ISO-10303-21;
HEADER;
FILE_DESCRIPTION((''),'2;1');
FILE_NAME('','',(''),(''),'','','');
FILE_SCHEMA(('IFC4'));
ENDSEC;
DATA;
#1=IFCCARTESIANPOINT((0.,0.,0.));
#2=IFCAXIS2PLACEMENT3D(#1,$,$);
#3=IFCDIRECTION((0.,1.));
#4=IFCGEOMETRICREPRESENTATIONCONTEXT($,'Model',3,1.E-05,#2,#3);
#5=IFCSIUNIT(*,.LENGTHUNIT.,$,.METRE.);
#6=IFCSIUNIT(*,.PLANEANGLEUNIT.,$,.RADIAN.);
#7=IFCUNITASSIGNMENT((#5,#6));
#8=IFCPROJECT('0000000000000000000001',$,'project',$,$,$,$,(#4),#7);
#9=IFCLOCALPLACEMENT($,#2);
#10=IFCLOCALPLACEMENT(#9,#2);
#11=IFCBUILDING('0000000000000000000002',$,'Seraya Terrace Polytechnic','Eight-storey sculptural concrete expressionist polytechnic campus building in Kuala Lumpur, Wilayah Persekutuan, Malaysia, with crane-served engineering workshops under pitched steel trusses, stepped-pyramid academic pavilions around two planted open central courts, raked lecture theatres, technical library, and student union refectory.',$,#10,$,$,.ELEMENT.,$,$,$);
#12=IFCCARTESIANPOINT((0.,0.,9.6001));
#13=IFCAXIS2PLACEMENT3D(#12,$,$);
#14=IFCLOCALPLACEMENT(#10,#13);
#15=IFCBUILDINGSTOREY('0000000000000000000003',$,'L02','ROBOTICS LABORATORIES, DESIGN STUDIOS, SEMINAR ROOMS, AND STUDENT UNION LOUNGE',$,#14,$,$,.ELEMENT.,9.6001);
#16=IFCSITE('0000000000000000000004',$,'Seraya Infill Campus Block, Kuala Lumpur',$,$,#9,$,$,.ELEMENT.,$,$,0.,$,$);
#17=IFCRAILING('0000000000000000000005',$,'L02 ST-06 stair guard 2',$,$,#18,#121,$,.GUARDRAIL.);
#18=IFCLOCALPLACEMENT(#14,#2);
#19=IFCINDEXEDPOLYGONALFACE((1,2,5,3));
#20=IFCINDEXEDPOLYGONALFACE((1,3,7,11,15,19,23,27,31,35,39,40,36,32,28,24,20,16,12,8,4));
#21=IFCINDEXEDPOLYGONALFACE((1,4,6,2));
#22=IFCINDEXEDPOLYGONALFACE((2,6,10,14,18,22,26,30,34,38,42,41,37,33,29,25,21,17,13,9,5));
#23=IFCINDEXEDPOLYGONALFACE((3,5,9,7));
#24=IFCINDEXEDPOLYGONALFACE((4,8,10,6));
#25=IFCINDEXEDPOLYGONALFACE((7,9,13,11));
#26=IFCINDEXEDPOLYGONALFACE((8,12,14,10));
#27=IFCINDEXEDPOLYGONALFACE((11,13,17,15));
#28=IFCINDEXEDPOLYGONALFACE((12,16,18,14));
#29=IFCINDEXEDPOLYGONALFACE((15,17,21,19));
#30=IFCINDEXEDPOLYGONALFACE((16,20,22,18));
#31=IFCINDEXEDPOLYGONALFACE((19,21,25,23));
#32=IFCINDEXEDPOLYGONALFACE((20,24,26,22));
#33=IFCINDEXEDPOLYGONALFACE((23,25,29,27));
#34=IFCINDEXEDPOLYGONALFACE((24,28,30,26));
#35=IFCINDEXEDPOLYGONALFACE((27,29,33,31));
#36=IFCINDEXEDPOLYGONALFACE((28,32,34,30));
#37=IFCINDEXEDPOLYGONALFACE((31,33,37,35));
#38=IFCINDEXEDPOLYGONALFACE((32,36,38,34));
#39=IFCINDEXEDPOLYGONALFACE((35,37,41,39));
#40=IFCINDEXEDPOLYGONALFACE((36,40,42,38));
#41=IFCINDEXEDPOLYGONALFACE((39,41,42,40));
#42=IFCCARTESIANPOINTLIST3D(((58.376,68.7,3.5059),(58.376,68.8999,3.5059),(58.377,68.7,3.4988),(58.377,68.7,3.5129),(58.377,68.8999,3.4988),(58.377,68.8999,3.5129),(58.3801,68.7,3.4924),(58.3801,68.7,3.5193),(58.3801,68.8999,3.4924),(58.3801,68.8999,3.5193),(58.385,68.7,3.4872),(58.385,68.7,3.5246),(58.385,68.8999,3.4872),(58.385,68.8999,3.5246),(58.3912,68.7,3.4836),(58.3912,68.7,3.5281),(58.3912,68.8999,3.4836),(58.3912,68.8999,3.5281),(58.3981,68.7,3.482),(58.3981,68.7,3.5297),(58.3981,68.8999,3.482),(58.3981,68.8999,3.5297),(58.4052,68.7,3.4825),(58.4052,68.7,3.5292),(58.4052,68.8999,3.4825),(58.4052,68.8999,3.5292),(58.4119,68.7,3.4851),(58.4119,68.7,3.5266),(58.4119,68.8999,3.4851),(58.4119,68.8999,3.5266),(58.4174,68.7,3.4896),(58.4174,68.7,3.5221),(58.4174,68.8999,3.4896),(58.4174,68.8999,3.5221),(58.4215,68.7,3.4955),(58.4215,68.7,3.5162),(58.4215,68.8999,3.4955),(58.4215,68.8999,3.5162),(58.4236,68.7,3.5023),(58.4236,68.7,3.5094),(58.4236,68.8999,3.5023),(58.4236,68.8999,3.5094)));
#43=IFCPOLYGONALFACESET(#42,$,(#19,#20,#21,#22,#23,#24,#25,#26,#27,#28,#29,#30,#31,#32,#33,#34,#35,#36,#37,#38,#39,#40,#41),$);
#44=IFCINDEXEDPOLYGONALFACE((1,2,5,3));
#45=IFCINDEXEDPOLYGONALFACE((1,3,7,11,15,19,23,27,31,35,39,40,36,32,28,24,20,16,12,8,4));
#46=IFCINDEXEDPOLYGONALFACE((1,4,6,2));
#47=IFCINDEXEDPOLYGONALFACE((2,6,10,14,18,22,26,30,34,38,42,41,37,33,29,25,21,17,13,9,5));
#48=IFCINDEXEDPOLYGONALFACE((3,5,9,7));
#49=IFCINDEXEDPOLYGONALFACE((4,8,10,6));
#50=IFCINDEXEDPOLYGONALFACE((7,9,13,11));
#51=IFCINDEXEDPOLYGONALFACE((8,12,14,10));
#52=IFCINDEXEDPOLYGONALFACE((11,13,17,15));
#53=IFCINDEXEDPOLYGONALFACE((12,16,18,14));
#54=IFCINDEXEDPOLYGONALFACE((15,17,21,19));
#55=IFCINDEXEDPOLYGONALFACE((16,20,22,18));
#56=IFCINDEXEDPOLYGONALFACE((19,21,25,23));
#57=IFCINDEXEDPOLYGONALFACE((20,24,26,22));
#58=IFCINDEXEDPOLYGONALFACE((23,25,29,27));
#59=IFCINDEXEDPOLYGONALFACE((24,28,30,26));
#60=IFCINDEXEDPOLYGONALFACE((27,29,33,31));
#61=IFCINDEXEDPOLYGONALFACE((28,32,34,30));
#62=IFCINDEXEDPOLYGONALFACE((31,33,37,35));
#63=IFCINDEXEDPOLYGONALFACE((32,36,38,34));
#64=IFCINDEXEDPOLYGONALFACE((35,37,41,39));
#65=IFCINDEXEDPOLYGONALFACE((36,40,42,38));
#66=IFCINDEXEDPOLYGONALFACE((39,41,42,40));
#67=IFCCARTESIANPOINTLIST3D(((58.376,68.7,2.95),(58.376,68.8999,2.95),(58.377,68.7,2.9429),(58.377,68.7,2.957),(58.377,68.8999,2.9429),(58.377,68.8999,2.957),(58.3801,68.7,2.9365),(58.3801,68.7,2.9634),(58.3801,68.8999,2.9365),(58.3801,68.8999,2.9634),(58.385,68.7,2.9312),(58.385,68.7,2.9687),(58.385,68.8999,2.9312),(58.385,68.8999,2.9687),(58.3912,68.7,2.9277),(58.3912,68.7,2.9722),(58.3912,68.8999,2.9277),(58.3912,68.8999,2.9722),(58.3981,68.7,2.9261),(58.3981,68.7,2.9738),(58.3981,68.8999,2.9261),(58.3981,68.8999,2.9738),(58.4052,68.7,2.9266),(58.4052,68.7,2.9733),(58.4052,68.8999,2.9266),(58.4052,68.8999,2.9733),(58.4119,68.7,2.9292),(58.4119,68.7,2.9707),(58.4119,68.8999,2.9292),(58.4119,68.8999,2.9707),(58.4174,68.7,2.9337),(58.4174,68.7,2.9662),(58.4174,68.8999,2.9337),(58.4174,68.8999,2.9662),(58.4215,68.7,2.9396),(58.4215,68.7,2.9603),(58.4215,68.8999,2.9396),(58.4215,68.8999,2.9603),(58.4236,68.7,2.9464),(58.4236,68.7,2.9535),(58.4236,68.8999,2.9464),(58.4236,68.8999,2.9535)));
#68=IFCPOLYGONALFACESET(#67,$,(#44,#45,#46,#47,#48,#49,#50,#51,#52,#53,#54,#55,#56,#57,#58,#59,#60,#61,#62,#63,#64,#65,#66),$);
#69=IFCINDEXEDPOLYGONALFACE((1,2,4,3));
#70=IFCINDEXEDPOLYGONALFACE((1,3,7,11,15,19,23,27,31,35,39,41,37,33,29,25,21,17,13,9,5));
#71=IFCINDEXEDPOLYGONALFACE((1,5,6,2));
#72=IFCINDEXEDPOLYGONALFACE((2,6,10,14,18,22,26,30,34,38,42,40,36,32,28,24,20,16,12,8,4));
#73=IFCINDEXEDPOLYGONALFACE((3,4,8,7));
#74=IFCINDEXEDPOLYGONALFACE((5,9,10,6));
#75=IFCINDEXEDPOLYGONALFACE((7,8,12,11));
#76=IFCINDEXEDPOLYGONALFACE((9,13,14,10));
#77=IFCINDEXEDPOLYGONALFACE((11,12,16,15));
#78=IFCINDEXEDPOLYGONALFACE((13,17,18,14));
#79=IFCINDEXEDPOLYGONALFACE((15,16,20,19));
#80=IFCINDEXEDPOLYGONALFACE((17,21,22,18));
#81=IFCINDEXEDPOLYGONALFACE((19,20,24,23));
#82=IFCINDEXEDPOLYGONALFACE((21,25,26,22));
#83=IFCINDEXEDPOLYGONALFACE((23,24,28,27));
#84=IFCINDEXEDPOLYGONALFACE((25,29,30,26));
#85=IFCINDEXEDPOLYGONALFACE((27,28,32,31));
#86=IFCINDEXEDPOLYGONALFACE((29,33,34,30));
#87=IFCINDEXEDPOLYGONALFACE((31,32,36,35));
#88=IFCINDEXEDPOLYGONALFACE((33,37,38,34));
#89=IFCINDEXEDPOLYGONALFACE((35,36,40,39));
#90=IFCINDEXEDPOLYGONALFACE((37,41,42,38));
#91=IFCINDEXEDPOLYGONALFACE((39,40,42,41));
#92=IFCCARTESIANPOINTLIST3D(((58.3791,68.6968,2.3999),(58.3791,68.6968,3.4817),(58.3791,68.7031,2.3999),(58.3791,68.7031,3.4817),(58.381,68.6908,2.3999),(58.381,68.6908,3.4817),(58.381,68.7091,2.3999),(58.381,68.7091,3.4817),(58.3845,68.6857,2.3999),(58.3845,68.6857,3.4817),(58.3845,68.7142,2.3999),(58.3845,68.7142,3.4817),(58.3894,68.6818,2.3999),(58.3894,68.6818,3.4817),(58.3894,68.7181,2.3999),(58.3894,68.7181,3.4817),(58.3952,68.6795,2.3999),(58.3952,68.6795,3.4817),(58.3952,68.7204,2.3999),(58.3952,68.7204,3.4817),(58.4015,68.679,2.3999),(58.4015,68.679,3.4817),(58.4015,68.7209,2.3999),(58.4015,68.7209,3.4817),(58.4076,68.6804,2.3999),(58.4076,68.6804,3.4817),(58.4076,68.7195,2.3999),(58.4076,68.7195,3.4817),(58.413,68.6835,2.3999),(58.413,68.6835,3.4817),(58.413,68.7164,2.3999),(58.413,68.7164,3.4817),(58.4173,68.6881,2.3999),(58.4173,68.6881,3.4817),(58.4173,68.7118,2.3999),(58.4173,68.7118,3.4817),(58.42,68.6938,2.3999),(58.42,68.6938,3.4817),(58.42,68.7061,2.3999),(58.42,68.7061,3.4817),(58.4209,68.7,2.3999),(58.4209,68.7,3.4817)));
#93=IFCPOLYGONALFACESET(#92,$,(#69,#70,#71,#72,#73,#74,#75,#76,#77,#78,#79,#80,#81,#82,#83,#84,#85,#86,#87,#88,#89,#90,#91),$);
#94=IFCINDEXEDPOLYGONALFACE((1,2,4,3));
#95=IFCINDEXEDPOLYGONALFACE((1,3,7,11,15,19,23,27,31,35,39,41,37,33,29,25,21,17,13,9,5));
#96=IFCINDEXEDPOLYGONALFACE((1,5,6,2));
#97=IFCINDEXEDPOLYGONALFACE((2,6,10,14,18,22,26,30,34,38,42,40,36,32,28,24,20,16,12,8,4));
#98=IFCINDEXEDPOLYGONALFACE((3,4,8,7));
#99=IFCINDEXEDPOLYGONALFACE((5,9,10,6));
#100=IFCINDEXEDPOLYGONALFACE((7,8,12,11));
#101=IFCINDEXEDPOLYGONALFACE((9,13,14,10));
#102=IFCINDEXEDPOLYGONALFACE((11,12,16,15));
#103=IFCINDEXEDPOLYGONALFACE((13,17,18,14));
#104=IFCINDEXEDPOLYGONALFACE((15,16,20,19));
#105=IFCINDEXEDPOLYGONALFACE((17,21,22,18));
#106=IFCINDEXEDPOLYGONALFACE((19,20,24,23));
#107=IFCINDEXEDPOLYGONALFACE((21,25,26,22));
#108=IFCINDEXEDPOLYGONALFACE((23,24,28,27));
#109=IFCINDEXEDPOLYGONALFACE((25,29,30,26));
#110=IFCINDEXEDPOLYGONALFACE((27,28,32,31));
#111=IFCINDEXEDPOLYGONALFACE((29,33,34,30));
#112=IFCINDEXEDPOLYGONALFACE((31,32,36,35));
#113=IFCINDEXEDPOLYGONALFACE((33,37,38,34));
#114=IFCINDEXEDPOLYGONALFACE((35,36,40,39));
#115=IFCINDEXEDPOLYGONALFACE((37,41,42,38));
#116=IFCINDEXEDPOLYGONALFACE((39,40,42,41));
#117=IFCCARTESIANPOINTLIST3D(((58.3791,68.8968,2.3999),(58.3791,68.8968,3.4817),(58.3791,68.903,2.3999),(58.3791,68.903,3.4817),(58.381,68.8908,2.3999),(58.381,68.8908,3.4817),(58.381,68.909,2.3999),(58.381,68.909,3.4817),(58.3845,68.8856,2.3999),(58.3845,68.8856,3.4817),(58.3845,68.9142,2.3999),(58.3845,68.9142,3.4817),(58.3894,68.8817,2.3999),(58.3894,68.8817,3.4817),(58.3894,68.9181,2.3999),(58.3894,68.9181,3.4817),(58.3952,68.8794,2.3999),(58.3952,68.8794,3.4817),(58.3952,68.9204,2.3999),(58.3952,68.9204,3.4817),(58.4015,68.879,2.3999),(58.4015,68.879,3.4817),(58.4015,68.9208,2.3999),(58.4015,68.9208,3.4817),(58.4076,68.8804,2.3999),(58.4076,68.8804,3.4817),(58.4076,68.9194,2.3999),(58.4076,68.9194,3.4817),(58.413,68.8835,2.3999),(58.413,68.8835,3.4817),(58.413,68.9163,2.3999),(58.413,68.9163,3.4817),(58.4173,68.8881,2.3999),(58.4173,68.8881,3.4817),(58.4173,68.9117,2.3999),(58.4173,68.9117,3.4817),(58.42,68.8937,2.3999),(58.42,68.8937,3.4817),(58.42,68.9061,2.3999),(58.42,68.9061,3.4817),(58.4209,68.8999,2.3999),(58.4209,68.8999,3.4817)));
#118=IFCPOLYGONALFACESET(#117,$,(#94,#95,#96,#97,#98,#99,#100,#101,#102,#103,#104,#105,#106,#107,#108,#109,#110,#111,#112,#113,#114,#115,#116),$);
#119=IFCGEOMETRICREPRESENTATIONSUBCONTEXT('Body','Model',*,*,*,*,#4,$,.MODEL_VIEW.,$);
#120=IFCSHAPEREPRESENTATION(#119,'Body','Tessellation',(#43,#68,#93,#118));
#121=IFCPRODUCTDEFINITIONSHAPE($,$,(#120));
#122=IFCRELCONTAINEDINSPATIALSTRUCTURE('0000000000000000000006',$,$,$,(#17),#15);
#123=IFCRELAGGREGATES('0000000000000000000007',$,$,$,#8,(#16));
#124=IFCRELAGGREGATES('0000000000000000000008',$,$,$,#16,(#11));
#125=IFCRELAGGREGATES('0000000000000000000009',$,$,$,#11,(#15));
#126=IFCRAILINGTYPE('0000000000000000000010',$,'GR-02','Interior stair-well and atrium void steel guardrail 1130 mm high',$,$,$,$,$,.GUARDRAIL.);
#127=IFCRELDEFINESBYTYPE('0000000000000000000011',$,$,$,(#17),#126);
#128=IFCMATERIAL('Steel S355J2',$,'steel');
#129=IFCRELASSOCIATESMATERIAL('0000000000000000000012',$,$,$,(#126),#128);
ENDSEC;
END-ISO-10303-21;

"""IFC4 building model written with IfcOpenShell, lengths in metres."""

from ifc_helpers import new_model, si_unit, direction, frame, origin, origin_2d, place, context, subcontext, project, spatial, circle, extrude, material, type_object, element, save


model = new_model("IFC4")

# Units and contexts
model_context = context("Model", 3, precision=1e-05, world=origin(), true_north=direction((0.0, 1.0)))
body_context = subcontext(model_context, "Body", "Model", "MODEL_VIEW")
ifc_project = project(units=[si_unit("LENGTHUNIT", "METRE"), si_unit("PLANEANGLEUNIT", "RADIAN")], contexts=[model_context])

# Site, building, storey
site_placement = place(None, origin())
site = spatial("IfcSite", under=ifc_project, at=site_placement, Name="Seraya Infill Campus Block, Kuala Lumpur", CompositionType="ELEMENT", RefElevation=0.0)
building_placement = place(site_placement, origin())
building = spatial("IfcBuilding", under=site, at=building_placement, Name="Seraya Terrace Polytechnic", Description="Eight-storey sculptural concrete expressionist polytechnic campus building in Kuala Lumpur, Wilayah Persekutuan, Malaysia, with crane-served engineering workshops under pitched steel trusses, stepped-pyramid academic pavilions around two planted open central courts, raked lecture theatres, technical library, and student union refectory.", CompositionType="ELEMENT")
storey_placement = place(building_placement, frame((0.0, 0.0, 9.6001)))
storey = spatial("IfcBuildingStorey", under=building, at=storey_placement, Name="L02", Description="ROBOTICS LABORATORIES, DESIGN STUDIOS, SEMINAR ROOMS, AND STUDENT UNION LOUNGE", CompositionType="ELEMENT", Elevation=9.6001)

# Shared definitions
ifc_material_1 = material(Name="Steel S355J2", Category="steel")

# Railing
railing_type_1 = type_object("IfcRailingType", Name="GR-02", Description="Interior stair-well and atrium void steel guardrail 1130 mm high", PredefinedType="GUARDRAIL", material=ifc_material_1)
railing_1_placement = place(storey_placement, frame((58.3999, 68.7, 2.3999)))
element("IfcRailing", 1, at=railing_1_placement, inside=storey, type_object=railing_type_1, Name="L02 ST-06 stair guard 2", PredefinedType="GUARDRAIL", context=body_context, shape_type="SweptSolid", body=[
    extrude(circle(Radius=0.0239, at=origin_2d()), frame((0.0, 0.0, 1.106), z_axis=(0.0, 1.0, 0.0), x_axis=(-1.0, 0.0, 0.0)), (0.0, 0.0, 1.0), 0.2),
    extrude(circle(Radius=0.0239, at=origin_2d()), frame((0.0, 0.0, 0.55), z_axis=(0.0, 1.0, 0.0), x_axis=(-1.0, 0.0, 0.0)), (0.0, 0.0, 1.0), 0.2),
    extrude(circle(Radius=0.021, at=origin_2d()), origin(), (0.0, 0.0, 1.0), 1.0818),
    extrude(circle(Radius=0.021, at=origin_2d()), frame((0.0, 0.2, 0.0)), (0.0, 0.0, 1.0), 1.0818),
])

save(model, "model.ifc")
